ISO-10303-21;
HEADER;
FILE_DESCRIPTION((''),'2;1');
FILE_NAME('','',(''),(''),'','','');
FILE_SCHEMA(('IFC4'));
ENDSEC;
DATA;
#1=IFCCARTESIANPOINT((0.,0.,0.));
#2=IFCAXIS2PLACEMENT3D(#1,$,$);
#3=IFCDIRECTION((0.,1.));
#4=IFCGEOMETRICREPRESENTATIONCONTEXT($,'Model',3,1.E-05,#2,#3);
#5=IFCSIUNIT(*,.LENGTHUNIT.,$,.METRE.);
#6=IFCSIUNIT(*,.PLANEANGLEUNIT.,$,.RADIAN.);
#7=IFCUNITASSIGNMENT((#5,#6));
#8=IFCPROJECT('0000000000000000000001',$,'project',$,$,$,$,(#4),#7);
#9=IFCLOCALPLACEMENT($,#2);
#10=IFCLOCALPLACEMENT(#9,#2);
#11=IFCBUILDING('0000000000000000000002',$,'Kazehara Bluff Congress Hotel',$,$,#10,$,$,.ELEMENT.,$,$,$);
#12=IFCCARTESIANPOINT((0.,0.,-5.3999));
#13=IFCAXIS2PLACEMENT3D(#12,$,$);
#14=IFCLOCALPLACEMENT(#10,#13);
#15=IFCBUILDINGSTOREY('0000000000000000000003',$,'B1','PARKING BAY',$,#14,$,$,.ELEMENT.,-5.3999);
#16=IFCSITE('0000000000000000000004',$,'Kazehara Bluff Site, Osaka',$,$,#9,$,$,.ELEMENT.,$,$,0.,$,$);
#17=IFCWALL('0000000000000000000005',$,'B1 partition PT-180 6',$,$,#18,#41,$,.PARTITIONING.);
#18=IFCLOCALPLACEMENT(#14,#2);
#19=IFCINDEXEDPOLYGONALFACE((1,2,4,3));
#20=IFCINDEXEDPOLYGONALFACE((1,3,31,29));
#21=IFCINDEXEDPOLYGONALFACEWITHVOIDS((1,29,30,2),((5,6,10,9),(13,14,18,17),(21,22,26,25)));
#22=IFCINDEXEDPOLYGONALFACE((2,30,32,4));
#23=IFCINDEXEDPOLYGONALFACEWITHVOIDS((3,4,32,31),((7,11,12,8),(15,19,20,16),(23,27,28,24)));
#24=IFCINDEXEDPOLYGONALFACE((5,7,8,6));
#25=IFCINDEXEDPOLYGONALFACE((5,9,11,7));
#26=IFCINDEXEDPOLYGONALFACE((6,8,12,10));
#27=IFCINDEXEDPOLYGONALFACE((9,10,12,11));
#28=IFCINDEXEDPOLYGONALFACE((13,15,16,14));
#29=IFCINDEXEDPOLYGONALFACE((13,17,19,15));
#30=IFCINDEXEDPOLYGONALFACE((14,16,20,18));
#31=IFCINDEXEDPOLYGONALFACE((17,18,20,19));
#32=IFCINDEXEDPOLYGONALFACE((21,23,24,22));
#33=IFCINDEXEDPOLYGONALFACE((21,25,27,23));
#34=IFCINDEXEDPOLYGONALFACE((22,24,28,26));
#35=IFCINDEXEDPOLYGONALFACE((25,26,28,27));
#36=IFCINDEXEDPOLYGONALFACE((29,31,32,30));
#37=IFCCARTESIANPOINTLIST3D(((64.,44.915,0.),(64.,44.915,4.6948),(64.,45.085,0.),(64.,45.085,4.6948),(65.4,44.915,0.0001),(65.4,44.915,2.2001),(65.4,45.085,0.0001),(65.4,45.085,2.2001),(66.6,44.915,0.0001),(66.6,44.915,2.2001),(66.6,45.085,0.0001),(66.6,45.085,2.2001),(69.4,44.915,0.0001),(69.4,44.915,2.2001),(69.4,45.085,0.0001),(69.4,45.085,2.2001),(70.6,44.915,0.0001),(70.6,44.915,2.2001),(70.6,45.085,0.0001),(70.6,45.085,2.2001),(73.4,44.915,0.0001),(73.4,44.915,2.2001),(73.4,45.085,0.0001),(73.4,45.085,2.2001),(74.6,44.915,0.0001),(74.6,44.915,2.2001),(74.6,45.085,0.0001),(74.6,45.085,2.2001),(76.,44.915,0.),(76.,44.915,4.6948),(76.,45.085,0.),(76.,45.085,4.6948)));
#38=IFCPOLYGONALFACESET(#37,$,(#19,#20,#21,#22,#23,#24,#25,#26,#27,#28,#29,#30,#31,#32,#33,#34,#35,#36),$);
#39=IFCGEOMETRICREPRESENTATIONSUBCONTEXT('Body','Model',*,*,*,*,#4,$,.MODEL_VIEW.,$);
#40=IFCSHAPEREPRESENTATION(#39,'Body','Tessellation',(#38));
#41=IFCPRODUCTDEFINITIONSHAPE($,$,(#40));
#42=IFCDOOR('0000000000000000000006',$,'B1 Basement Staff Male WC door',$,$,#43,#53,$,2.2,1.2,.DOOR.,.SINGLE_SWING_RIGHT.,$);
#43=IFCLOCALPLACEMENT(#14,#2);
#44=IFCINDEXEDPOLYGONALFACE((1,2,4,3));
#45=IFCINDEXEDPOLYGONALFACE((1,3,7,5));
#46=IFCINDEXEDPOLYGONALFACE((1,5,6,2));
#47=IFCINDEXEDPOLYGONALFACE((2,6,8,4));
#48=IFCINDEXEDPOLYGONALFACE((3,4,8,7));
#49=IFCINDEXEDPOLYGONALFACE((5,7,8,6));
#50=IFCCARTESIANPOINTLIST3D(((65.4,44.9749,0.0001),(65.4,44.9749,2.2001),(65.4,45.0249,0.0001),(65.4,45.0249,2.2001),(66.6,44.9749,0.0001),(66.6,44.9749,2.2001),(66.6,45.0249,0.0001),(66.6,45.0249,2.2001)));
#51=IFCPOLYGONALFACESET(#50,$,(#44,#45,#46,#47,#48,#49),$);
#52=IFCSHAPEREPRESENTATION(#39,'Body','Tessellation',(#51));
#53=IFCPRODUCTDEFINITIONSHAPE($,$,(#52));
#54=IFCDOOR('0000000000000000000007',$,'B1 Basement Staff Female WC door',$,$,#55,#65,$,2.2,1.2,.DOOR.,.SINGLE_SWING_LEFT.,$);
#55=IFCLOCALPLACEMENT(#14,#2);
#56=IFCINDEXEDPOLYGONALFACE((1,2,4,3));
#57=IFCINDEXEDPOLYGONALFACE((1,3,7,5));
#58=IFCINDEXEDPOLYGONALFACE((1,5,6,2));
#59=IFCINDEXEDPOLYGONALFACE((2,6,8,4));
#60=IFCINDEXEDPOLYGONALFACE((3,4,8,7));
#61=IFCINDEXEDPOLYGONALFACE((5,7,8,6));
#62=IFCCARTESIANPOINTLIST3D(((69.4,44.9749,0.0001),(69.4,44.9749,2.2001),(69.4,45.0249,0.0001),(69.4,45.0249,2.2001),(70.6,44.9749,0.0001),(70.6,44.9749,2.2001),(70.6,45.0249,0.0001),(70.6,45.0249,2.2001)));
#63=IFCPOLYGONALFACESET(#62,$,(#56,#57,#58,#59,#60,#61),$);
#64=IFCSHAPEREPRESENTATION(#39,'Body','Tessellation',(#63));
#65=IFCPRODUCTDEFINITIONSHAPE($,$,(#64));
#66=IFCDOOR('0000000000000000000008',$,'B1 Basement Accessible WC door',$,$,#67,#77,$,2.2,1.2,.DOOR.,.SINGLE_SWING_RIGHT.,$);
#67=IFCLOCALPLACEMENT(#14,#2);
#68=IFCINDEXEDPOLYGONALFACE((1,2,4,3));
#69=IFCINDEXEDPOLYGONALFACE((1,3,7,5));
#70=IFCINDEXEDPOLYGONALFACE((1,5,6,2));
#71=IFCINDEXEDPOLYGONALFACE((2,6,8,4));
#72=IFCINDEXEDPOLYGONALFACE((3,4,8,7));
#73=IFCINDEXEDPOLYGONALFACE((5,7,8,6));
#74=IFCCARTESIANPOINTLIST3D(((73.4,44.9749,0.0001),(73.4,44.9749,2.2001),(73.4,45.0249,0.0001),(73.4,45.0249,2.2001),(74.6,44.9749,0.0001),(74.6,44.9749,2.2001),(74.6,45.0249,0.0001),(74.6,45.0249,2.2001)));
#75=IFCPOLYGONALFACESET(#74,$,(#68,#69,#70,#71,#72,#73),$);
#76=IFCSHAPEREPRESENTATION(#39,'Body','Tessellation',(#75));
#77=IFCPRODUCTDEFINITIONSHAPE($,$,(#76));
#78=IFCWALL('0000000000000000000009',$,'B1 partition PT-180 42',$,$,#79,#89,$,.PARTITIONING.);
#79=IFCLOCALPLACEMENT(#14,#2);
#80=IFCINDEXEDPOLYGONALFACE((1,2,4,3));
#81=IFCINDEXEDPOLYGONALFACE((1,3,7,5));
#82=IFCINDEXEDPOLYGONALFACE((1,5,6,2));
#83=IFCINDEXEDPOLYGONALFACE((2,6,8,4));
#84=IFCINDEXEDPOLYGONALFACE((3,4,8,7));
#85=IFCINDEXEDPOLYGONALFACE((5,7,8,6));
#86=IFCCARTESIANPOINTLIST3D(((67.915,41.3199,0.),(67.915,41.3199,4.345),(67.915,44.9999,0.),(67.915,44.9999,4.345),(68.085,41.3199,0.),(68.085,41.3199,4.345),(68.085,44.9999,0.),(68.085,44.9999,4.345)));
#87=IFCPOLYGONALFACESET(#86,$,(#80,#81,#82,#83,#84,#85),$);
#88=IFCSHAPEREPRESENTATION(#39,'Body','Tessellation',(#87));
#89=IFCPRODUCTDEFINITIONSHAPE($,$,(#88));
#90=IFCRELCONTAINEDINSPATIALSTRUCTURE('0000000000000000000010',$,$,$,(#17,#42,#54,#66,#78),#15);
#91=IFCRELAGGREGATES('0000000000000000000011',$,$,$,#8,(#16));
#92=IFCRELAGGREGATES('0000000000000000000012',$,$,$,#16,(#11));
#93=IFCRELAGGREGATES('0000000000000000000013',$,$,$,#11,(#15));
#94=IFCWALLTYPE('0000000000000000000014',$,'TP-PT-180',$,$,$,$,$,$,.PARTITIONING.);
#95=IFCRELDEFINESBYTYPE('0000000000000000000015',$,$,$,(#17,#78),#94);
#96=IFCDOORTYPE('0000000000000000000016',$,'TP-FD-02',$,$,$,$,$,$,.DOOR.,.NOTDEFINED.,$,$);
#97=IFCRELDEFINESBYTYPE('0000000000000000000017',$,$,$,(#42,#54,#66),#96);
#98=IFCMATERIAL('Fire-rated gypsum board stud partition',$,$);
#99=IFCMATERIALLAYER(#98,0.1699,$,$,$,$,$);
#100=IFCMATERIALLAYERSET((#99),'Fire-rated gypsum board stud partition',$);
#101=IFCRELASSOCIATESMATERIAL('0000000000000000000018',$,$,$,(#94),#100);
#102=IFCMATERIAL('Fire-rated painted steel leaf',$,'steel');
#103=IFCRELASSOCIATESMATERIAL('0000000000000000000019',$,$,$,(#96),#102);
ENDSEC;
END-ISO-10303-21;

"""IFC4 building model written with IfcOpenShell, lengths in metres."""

from ifc_helpers import new_model, si_unit, direction, frame, frame_2d, origin, place, context, subcontext, project, spatial, rectangle, extrude, material, layer, layer_set, type_object, element, fill, save


model = new_model("IFC4")

# Units and contexts
model_context = context("Model", 3, precision=1e-05, world=origin(), true_north=direction((0.0, 1.0)))
body_context = subcontext(model_context, "Body", "Model", "MODEL_VIEW")
ifc_project = project(units=[si_unit("LENGTHUNIT", "METRE"), si_unit("PLANEANGLEUNIT", "RADIAN")], contexts=[model_context])

# Site, building, storey
site_placement = place(None, origin())
site = spatial("IfcSite", under=ifc_project, at=site_placement, Name="Kazehara Bluff Site, Osaka", CompositionType="ELEMENT", RefElevation=0.0)
building_placement = place(site_placement, origin())
building = spatial("IfcBuilding", under=site, at=building_placement, Name="Kazehara Bluff Congress Hotel", CompositionType="ELEMENT")
storey_placement = place(building_placement, frame((0.0, 0.0, -5.3999)))
storey = spatial("IfcBuildingStorey", under=building, at=storey_placement, Name="B1", Description="PARKING BAY", CompositionType="ELEMENT", Elevation=-5.3999)

# Wall, openings, doors
ifc_material_1 = material(Name="Fire-rated gypsum board stud partition")
ifc_layer_1 = layer(ifc_material_1, 0.1699)
ifc_layer_set_1 = layer_set([ifc_layer_1], Name="Fire-rated gypsum board stud partition")
wall_type = type_object("IfcWallType", Name="TP-PT-180", PredefinedType="PARTITIONING", material=ifc_layer_set_1)
wall_1_placement = place(storey_placement, frame((64.0, 45.0, 0.0), z_axis=(0.0, 0.0, 1.0), x_axis=(1.0, 0.0, 0.0)))
wall_1 = element("IfcWall", 1, at=wall_1_placement, inside=storey, type_object=wall_type, Name="B1 partition PT-180 6", PredefinedType="PARTITIONING", context=body_context, shape_type="SweptSolid", body=[
    extrude(rectangle(XDim=12.0, YDim=0.1699, at=frame_2d((6.0, 0.0))), origin(), (0.0, 0.0, 1.0), 4.6948),
])
opening_1_placement = place(wall_1_placement, frame((1.3999, 0.0, 0.0)))
opening_1 = element("IfcOpeningElement", 2, at=opening_1_placement, cuts=wall_1, PredefinedType="OPENING", context=body_context, shape_type="SweptSolid", body=[
    extrude(rectangle(XDim=1.2, YDim=2.2, at=frame_2d((0.6001, 1.1001))), frame((0.0, 0.095, 0.0), z_axis=(0.0, -1.0, 0.0), x_axis=(1.0, 0.0, 0.0)), (0.0, 0.0, 1.0), 0.1899),
])
opening_2_placement = place(wall_1_placement, frame((5.3999, 0.0, 0.0)))
opening_2 = element("IfcOpeningElement", 3, at=opening_2_placement, cuts=wall_1, PredefinedType="OPENING", context=body_context, shape_type="SweptSolid", body=[
    extrude(rectangle(XDim=1.2, YDim=2.2, at=frame_2d((0.6001, 1.1001))), frame((0.0, 0.095, 0.0), z_axis=(0.0, -1.0, 0.0), x_axis=(1.0, 0.0, 0.0)), (0.0, 0.0, 1.0), 0.1899),
])
opening_3_placement = place(wall_1_placement, frame((9.3999, 0.0, 0.0)))
opening_3 = element("IfcOpeningElement", 4, at=opening_3_placement, cuts=wall_1, PredefinedType="OPENING", context=body_context, shape_type="SweptSolid", body=[
    extrude(rectangle(XDim=1.2, YDim=2.2, at=frame_2d((0.6001, 1.1001))), frame((0.0, 0.095, 0.0), z_axis=(0.0, -1.0, 0.0), x_axis=(1.0, 0.0, 0.0)), (0.0, 0.0, 1.0), 0.1899),
])
ifc_material_2 = material(Name="Fire-rated painted steel leaf", Category="steel")
door_type = type_object("IfcDoorType", Name="TP-FD-02", OperationType="NOTDEFINED", PredefinedType="DOOR", material=ifc_material_2)
door_1_placement = place(opening_1_placement, origin())
door_1 = element("IfcDoor", 5, at=door_1_placement, inside=storey, type_object=door_type, Name="B1 Basement Staff Male WC door", OperationType="SINGLE_SWING_RIGHT", OverallHeight=2.2, OverallWidth=1.2, PredefinedType="DOOR", context=body_context, shape_type="SweptSolid", body=[
    extrude(rectangle(XDim=1.2, YDim=2.2, at=frame_2d((0.6001, 1.1001))), frame((0.0, 0.0249, 0.0), z_axis=(0.0, -1.0, 0.0), x_axis=(1.0, 0.0, 0.0)), (0.0, 0.0, 1.0), 0.05),
])
fill(opening_1, door_1)
door_2_placement = place(opening_2_placement, origin())
door_2 = element("IfcDoor", 6, at=door_2_placement, inside=storey, type_object=door_type, Name="B1 Basement Staff Female WC door", OperationType="SINGLE_SWING_LEFT", OverallHeight=2.2, OverallWidth=1.2, PredefinedType="DOOR", context=body_context, shape_type="SweptSolid", body=[
    extrude(rectangle(XDim=1.2, YDim=2.2, at=frame_2d((0.6001, 1.1001))), frame((0.0, 0.0249, 0.0), z_axis=(0.0, -1.0, 0.0), x_axis=(1.0, 0.0, 0.0)), (0.0, 0.0, 1.0), 0.05),
])
fill(opening_2, door_2)
door_3_placement = place(opening_3_placement, origin())
door_3 = element("IfcDoor", 7, at=door_3_placement, inside=storey, type_object=door_type, Name="B1 Basement Accessible WC door", OperationType="SINGLE_SWING_RIGHT", OverallHeight=2.2, OverallWidth=1.2, PredefinedType="DOOR", context=body_context, shape_type="SweptSolid", body=[
    extrude(rectangle(XDim=1.2, YDim=2.2, at=frame_2d((0.6001, 1.1001))), frame((0.0, 0.0249, 0.0), z_axis=(0.0, -1.0, 0.0), x_axis=(1.0, 0.0, 0.0)), (0.0, 0.0, 1.0), 0.05),
])
fill(opening_3, door_3)

# Wall
wall_2_placement = place(storey_placement, frame((68.0, 41.3201, 0.0), z_axis=(0.0, 0.0, 1.0), x_axis=(0.0, 1.0, 0.0)))
element("IfcWall", 8, at=wall_2_placement, inside=storey, type_object=wall_type, Name="B1 partition PT-180 42", PredefinedType="PARTITIONING", context=body_context, shape_type="SweptSolid", body=[
    extrude(rectangle(XDim=3.6799, YDim=0.1699, at=frame_2d((1.8398, 0.0))), origin(), (0.0, 0.0, 1.0), 4.345),
])

save(model, "model.ifc")
